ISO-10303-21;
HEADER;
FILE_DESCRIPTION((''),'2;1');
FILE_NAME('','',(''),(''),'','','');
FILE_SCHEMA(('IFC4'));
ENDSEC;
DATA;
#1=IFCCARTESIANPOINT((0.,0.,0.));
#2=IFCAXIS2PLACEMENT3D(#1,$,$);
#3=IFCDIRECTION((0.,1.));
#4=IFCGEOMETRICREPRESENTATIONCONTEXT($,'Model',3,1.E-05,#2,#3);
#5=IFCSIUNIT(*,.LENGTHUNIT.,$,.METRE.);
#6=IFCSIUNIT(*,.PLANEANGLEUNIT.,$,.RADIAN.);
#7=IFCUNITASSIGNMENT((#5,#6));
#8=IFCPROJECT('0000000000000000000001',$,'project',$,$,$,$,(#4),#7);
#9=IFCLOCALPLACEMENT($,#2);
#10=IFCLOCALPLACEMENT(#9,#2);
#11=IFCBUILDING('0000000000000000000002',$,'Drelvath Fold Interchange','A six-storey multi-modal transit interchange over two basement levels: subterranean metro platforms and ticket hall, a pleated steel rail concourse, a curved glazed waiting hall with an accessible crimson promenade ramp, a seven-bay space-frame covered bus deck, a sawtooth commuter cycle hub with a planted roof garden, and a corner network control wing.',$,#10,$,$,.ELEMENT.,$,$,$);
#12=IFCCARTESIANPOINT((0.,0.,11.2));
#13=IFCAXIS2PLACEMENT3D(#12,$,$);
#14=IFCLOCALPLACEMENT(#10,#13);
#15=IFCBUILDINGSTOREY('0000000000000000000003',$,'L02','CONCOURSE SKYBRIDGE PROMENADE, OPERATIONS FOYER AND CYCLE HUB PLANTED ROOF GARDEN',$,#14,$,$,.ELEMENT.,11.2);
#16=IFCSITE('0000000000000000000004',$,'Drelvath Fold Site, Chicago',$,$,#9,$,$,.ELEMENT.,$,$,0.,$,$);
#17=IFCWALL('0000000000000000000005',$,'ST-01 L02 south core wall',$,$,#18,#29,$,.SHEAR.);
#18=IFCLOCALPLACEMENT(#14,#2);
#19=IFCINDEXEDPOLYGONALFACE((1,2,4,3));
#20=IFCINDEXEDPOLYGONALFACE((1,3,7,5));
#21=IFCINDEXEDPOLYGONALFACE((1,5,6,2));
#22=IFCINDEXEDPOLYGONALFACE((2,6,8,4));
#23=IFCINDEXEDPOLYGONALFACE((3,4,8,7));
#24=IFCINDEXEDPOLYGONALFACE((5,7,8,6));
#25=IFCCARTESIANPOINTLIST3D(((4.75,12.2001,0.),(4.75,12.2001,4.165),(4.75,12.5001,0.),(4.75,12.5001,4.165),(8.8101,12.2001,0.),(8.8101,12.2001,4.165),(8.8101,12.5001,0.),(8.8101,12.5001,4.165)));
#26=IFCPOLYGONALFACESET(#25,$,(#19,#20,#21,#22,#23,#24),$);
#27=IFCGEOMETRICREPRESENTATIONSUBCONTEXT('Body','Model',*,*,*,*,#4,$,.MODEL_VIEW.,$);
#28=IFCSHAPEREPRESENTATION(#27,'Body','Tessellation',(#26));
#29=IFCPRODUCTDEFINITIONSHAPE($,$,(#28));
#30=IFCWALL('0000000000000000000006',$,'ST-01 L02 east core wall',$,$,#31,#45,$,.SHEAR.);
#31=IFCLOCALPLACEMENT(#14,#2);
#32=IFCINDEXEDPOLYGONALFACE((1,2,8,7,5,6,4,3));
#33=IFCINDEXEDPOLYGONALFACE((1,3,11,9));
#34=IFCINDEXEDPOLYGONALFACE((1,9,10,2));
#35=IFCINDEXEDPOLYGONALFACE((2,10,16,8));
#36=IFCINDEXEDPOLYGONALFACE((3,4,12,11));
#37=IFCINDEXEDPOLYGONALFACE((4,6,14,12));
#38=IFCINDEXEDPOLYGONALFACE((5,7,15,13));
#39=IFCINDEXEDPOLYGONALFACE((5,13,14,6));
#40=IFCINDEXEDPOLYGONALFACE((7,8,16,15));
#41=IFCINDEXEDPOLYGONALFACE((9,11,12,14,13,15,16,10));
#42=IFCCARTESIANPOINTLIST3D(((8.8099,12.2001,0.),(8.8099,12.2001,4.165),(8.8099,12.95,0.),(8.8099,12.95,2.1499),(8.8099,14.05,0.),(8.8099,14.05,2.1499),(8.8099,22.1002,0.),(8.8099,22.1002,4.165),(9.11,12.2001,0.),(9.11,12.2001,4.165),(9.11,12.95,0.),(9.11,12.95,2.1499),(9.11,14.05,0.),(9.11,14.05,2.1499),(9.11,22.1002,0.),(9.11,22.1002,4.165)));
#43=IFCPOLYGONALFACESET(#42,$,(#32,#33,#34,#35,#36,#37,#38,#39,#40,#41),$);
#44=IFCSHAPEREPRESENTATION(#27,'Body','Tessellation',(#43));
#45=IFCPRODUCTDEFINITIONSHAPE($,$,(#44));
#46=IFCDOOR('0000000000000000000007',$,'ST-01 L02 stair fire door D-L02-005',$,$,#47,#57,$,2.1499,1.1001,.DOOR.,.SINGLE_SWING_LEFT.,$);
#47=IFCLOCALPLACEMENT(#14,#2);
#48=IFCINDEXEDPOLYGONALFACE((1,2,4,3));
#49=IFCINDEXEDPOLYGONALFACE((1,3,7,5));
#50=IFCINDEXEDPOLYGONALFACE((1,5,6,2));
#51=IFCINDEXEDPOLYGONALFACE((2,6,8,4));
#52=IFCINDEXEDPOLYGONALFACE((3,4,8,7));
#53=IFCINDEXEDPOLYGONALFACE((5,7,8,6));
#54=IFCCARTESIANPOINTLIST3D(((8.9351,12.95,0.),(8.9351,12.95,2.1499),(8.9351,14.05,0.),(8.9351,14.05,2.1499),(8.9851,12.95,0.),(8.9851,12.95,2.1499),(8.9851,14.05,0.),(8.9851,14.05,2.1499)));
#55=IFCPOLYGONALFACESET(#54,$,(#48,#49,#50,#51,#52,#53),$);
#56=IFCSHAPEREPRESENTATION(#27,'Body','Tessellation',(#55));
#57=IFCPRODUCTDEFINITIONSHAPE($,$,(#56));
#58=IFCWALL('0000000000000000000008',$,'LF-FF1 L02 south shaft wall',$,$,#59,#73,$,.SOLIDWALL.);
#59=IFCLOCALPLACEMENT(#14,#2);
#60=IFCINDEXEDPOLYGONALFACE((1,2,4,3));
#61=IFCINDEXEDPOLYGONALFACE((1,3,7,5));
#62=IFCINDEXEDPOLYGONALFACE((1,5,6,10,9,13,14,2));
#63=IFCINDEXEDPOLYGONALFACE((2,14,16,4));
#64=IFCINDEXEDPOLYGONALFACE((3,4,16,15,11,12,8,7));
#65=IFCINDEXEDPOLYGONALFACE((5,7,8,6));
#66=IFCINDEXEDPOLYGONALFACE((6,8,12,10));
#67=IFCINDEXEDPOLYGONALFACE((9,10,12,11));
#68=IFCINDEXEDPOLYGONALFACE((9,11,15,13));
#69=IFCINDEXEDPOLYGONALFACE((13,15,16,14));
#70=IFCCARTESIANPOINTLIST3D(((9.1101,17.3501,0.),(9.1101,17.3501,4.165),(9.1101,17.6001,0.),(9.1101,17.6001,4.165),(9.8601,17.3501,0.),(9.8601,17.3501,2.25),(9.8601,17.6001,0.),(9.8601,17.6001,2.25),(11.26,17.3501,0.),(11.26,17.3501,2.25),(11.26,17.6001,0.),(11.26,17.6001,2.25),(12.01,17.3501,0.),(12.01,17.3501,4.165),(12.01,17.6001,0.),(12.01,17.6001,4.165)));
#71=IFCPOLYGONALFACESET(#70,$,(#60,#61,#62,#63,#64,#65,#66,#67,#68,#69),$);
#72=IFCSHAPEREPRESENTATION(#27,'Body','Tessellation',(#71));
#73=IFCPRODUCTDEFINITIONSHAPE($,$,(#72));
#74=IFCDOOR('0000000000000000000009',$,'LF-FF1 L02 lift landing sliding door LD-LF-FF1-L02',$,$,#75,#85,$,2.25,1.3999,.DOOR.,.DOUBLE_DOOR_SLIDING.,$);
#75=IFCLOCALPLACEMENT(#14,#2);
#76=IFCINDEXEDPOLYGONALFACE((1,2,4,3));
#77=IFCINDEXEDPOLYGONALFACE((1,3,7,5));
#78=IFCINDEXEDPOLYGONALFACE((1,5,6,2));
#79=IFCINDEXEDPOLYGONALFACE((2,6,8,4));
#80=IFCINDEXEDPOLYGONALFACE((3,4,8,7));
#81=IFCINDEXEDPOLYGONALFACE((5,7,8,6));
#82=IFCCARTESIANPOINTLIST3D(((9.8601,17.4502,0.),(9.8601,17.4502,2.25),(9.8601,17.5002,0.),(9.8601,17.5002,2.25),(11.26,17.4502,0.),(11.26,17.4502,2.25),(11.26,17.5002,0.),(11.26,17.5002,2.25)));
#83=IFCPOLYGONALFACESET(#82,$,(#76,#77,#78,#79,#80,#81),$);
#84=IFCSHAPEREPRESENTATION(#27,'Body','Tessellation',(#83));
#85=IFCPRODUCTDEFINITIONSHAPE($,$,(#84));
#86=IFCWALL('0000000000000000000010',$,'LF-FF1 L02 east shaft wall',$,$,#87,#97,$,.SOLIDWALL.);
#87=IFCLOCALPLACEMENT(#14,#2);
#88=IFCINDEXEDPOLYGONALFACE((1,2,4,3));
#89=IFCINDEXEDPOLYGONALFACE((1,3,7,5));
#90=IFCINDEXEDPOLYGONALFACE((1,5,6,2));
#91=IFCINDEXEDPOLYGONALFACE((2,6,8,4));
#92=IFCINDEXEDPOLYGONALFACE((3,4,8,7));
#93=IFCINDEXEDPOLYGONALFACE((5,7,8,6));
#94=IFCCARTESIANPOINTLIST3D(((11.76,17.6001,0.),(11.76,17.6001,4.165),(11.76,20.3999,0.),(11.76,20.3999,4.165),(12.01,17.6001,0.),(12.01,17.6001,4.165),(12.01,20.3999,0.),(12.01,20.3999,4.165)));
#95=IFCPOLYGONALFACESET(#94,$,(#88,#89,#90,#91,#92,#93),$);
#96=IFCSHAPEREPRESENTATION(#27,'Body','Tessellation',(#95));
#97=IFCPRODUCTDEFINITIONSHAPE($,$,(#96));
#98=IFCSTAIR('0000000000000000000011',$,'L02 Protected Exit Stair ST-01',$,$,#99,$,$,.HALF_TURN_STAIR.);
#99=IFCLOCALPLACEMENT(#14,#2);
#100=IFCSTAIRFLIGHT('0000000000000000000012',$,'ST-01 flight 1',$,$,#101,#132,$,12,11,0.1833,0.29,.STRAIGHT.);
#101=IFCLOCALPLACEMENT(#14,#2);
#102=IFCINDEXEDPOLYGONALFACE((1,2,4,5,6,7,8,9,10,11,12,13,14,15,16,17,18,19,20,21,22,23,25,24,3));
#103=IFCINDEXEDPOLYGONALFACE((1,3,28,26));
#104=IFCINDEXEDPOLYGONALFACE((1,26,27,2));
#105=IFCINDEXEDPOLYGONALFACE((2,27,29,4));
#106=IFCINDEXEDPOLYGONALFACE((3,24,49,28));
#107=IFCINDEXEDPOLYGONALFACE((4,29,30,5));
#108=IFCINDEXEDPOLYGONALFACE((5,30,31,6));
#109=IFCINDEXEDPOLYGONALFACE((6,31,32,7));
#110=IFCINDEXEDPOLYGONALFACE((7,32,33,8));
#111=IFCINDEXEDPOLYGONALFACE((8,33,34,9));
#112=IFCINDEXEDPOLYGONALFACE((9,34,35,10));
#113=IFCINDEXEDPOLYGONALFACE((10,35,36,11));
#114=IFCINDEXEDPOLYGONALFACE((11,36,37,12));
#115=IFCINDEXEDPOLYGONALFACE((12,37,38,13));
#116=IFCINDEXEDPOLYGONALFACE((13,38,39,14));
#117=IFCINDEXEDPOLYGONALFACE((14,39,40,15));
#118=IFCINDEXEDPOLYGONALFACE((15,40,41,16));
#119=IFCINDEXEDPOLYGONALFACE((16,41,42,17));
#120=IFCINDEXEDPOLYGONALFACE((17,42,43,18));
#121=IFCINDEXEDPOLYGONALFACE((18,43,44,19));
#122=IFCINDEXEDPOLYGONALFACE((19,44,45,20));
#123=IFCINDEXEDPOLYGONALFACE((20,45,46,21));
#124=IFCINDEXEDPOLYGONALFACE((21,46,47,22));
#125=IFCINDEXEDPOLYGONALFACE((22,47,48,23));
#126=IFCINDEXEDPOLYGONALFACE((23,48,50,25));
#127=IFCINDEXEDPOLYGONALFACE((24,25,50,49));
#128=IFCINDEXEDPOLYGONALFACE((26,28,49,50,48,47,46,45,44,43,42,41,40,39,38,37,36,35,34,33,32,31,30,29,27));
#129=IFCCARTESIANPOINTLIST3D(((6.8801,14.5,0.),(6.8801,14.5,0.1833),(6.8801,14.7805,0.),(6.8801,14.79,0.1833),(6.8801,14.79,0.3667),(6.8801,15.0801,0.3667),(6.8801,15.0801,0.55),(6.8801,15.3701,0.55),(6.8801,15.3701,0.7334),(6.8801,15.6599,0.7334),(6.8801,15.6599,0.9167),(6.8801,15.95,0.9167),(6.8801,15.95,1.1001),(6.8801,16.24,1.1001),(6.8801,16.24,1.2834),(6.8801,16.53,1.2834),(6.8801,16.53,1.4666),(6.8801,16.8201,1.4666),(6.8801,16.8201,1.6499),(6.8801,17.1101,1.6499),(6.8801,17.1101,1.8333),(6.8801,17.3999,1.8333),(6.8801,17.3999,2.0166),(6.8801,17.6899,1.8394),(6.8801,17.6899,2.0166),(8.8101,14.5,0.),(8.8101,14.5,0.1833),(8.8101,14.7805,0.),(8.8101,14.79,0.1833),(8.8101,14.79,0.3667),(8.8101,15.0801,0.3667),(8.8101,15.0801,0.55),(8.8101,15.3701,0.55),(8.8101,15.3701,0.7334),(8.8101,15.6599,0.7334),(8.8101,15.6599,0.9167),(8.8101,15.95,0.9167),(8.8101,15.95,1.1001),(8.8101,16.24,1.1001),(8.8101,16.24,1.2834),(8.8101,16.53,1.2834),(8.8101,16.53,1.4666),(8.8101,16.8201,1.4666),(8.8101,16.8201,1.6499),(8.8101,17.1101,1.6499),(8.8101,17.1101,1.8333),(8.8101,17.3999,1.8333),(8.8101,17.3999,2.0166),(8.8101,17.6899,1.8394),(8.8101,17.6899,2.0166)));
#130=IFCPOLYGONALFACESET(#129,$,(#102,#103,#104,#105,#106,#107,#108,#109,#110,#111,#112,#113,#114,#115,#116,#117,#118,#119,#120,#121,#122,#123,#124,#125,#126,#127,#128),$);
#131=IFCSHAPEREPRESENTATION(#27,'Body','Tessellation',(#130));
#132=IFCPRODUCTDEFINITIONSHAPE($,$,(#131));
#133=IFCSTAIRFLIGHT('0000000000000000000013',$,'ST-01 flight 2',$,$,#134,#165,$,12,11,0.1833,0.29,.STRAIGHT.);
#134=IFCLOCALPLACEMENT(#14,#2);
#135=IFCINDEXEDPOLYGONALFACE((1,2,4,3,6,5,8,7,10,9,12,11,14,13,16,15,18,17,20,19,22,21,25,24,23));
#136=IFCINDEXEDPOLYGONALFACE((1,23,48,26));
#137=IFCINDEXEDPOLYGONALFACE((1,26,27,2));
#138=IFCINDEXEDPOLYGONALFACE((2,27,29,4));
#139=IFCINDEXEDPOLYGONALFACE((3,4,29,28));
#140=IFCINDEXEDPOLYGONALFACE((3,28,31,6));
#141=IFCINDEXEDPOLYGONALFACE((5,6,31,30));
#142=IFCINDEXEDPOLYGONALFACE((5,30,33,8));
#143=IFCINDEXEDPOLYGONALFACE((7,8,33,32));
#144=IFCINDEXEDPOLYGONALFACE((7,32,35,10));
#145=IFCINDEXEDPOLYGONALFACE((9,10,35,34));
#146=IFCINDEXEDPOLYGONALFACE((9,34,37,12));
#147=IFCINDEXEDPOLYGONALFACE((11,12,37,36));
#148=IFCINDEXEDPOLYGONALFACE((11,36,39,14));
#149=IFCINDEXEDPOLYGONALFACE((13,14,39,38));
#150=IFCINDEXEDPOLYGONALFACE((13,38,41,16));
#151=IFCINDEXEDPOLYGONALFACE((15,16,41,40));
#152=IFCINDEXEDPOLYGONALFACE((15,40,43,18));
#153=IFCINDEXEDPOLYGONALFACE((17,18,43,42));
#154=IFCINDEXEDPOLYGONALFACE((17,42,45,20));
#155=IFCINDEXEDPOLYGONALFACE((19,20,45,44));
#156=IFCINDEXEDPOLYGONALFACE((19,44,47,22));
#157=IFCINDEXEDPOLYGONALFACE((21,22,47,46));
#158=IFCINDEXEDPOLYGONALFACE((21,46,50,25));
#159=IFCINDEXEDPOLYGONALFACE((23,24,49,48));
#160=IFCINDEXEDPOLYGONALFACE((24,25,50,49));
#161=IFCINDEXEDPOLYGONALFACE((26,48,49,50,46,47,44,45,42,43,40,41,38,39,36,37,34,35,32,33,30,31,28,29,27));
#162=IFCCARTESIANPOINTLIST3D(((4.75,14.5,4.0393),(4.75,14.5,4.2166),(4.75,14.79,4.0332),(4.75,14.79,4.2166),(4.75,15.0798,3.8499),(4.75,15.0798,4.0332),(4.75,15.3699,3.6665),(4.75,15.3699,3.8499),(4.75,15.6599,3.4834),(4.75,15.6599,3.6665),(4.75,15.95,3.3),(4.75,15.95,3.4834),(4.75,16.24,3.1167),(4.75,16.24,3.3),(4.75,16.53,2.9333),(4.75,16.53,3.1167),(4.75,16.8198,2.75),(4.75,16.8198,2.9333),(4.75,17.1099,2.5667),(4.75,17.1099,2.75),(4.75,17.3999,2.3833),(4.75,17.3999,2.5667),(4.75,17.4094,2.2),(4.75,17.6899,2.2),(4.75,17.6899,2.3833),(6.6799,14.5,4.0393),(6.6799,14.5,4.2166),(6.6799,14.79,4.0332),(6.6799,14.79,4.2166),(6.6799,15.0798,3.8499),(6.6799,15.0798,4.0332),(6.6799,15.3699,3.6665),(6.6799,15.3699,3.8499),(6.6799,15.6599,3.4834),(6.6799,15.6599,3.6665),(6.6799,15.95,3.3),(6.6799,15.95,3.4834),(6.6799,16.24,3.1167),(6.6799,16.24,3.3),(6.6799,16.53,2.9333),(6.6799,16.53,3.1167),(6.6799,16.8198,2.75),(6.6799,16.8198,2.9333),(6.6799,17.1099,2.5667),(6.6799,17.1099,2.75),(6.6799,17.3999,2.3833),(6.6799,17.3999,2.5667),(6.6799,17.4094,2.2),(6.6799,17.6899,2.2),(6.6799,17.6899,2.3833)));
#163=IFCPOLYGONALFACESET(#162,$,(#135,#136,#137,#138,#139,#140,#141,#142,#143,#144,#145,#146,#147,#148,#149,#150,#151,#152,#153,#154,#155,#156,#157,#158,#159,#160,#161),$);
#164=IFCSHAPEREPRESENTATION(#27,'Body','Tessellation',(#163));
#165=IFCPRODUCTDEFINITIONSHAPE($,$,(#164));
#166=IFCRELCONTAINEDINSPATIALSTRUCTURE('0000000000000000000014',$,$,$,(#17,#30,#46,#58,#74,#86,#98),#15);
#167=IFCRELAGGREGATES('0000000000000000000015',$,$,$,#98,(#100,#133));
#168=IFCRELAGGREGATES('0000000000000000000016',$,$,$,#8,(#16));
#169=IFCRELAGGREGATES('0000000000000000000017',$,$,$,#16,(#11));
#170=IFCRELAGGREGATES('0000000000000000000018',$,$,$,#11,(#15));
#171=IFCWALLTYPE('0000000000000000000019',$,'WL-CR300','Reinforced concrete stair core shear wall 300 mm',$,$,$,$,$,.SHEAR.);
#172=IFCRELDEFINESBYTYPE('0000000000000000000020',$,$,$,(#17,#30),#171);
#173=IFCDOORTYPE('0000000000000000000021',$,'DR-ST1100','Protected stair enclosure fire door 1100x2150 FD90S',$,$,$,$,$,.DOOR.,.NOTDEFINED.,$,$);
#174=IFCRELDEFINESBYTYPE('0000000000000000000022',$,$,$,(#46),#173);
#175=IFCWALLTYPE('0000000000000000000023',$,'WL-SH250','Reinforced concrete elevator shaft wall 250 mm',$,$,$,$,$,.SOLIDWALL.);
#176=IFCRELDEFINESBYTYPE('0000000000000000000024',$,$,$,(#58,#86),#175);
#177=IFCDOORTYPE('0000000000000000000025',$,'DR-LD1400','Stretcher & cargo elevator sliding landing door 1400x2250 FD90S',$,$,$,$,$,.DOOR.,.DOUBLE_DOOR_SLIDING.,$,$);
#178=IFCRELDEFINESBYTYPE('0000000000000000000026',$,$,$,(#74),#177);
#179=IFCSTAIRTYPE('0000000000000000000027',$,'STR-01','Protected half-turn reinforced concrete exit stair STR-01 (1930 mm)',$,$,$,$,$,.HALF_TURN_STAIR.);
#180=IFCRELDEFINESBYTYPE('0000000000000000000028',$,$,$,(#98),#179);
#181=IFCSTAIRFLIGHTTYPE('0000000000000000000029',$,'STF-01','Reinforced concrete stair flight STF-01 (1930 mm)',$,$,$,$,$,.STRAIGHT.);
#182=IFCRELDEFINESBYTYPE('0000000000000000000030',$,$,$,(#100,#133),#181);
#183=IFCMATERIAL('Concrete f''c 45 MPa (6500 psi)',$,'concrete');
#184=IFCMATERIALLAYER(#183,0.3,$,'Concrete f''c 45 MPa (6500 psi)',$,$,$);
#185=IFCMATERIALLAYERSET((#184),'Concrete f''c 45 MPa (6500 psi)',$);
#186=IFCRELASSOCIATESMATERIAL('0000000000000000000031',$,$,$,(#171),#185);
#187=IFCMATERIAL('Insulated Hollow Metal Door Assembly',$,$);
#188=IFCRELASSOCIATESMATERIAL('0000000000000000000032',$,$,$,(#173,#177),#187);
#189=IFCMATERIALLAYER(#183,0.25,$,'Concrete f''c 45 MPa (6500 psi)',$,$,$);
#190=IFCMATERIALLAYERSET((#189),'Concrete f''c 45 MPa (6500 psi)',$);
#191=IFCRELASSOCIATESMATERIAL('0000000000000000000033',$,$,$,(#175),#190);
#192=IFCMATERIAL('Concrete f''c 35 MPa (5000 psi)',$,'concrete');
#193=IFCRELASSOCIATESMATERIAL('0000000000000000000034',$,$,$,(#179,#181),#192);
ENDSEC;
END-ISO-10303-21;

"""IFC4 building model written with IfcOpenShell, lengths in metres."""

from ifc_helpers import new_model, si_unit, direction, frame, frame_2d, origin, place, context, subcontext, project, spatial, polyline, rectangle, outline, extrude, material, layer, layer_set, type_object, element, fill, aggregate, save


model = new_model("IFC4")

# Units and contexts
model_context = context("Model", 3, precision=1e-05, world=origin(), true_north=direction((0.0, 1.0)))
body_context = subcontext(model_context, "Body", "Model", "MODEL_VIEW")
ifc_project = project(units=[si_unit("LENGTHUNIT", "METRE"), si_unit("PLANEANGLEUNIT", "RADIAN")], contexts=[model_context])

# Site, building, storey
site_placement = place(None, origin())
site = spatial("IfcSite", under=ifc_project, at=site_placement, Name="Drelvath Fold Site, Chicago", CompositionType="ELEMENT", RefElevation=0.0)
building_placement = place(site_placement, origin())
building = spatial("IfcBuilding", under=site, at=building_placement, Name="Drelvath Fold Interchange", Description="A six-storey multi-modal transit interchange over two basement levels: subterranean metro platforms and ticket hall, a pleated steel rail concourse, a curved glazed waiting hall with an accessible crimson promenade ramp, a seven-bay space-frame covered bus deck, a sawtooth commuter cycle hub with a planted roof garden, and a corner network control wing.", CompositionType="ELEMENT")
storey_placement = place(building_placement, frame((0.0, 0.0, 11.2)))
storey = spatial("IfcBuildingStorey", under=building, at=storey_placement, Name="L02", Description="CONCOURSE SKYBRIDGE PROMENADE, OPERATIONS FOYER AND CYCLE HUB PLANTED ROOF GARDEN", CompositionType="ELEMENT", Elevation=11.2)

# Wall
ifc_material_1 = material(Name="Concrete f'c 45 MPa (6500 psi)", Category="concrete")
ifc_layer_1 = layer(ifc_material_1, 0.3, Name="Concrete f'c 45 MPa (6500 psi)")
ifc_layer_set_1 = layer_set([ifc_layer_1], Name="Concrete f'c 45 MPa (6500 psi)")
wall_type_1 = type_object("IfcWallType", Name="WL-CR300", Description="Reinforced concrete stair core shear wall 300 mm", PredefinedType="SHEAR", material=ifc_layer_set_1)
wall_1_placement = place(storey_placement, frame((4.75, 12.3501, 0.0), z_axis=(0.0, 0.0, 1.0), x_axis=(1.0, 0.0, 0.0)))
element("IfcWall", 1, at=wall_1_placement, inside=storey, type_object=wall_type_1, Name="ST-01 L02 south core wall", PredefinedType="SHEAR", context=body_context, shape_type="SweptSolid", body=[
    extrude(rectangle(XDim=4.0601, YDim=0.3, at=frame_2d((2.03, 0.0))), origin(), (0.0, 0.0, 1.0), 4.165),
])

# Walls, openings, doors
wall_2_placement = place(storey_placement, frame((8.96, 12.2, 0.0), z_axis=(0.0, 0.0, 1.0), x_axis=(0.0, 1.0, 0.0)))
wall_2 = element("IfcWall", 2, at=wall_2_placement, inside=storey, type_object=wall_type_1, Name="ST-01 L02 east core wall", PredefinedType="SHEAR", context=body_context, shape_type="SweptSolid", body=[
    extrude(rectangle(XDim=9.9001, YDim=0.3, at=frame_2d((4.9502, 0.0))), origin(), (0.0, 0.0, 1.0), 4.165),
])
opening_1_placement = place(wall_2_placement, frame((0.75, 0.0, 0.0)))
opening_1 = element("IfcOpeningElement", 3, at=opening_1_placement, cuts=wall_2, PredefinedType="OPENING", context=body_context, shape_type="SweptSolid", body=[
    extrude(rectangle(XDim=1.1001, YDim=2.1499, at=frame_2d((0.55, 1.075))), frame((0.0, 0.1599, 0.0), z_axis=(0.0, -1.0, 0.0), x_axis=(1.0, 0.0, 0.0)), (0.0, 0.0, 1.0), 0.3201),
])
ifc_material_2 = material(Name="Insulated Hollow Metal Door Assembly")
door_type_1 = type_object("IfcDoorType", Name="DR-ST1100", Description="Protected stair enclosure fire door 1100x2150 FD90S", OperationType="NOTDEFINED", PredefinedType="DOOR", material=ifc_material_2)
door_1_placement = place(opening_1_placement, origin())
door_1 = element("IfcDoor", 4, at=door_1_placement, inside=storey, type_object=door_type_1, Name="ST-01 L02 stair fire door D-L02-005", OperationType="SINGLE_SWING_LEFT", OverallHeight=2.1499, OverallWidth=1.1001, PredefinedType="DOOR", context=body_context, shape_type="SweptSolid", body=[
    extrude(rectangle(XDim=1.1001, YDim=2.1499, at=frame_2d((0.55, 1.075))), frame((0.0, 0.0249, 0.0), z_axis=(0.0, -1.0, 0.0), x_axis=(1.0, 0.0, 0.0)), (0.0, 0.0, 1.0), 0.05),
])
fill(opening_1, door_1)
ifc_layer_2 = layer(ifc_material_1, 0.25, Name="Concrete f'c 45 MPa (6500 psi)")
ifc_layer_set_2 = layer_set([ifc_layer_2], Name="Concrete f'c 45 MPa (6500 psi)")
wall_type_2 = type_object("IfcWallType", Name="WL-SH250", Description="Reinforced concrete elevator shaft wall 250 mm", PredefinedType="SOLIDWALL", material=ifc_layer_set_2)
wall_3_placement = place(storey_placement, frame((9.1101, 17.4751, 0.0), z_axis=(0.0, 0.0, 1.0), x_axis=(1.0, 0.0, 0.0)))
wall_3 = element("IfcWall", 5, at=wall_3_placement, inside=storey, type_object=wall_type_2, Name="LF-FF1 L02 south shaft wall", PredefinedType="SOLIDWALL", context=body_context, shape_type="SweptSolid", body=[
    extrude(rectangle(XDim=2.8999, YDim=0.25, at=frame_2d((1.45, 0.0))), origin(), (0.0, 0.0, 1.0), 4.165),
])
opening_2_placement = place(wall_3_placement, frame((0.75, 0.0, 0.0)))
opening_2 = element("IfcOpeningElement", 6, at=opening_2_placement, cuts=wall_3, PredefinedType="OPENING", context=body_context, shape_type="SweptSolid", body=[
    extrude(rectangle(XDim=1.3999, YDim=2.25, at=frame_2d((0.7, 1.125))), frame((0.0, 0.135, 0.0), z_axis=(0.0, -1.0, 0.0), x_axis=(1.0, 0.0, 0.0)), (0.0, 0.0, 1.0), 0.27),
])
door_type_2 = type_object("IfcDoorType", Name="DR-LD1400", Description="Stretcher & cargo elevator sliding landing door 1400x2250 FD90S", OperationType="DOUBLE_DOOR_SLIDING", PredefinedType="DOOR", material=ifc_material_2)
door_2_placement = place(opening_2_placement, frame((1.3999, 0.0, 0.0), z_axis=(0.0, 0.0, 1.0), x_axis=(-1.0, 0.0, 0.0)))
door_2 = element("IfcDoor", 7, at=door_2_placement, inside=storey, type_object=door_type_2, Name="LF-FF1 L02 lift landing sliding door LD-LF-FF1-L02", OperationType="DOUBLE_DOOR_SLIDING", OverallHeight=2.25, OverallWidth=1.3999, PredefinedType="DOOR", context=body_context, shape_type="SweptSolid", body=[
    extrude(rectangle(XDim=1.3999, YDim=2.25, at=frame_2d((0.7, 1.125))), frame((0.0, 0.0249, 0.0), z_axis=(0.0, -1.0, 0.0), x_axis=(1.0, 0.0, 0.0)), (0.0, 0.0, 1.0), 0.05),
])
fill(opening_2, door_2)

# Wall
wall_4_placement = place(storey_placement, frame((11.885, 17.6001, 0.0), z_axis=(0.0, 0.0, 1.0), x_axis=(0.0, 1.0, 0.0)))
element("IfcWall", 8, at=wall_4_placement, inside=storey, type_object=wall_type_2, Name="LF-FF1 L02 east shaft wall", PredefinedType="SOLIDWALL", context=body_context, shape_type="SweptSolid", body=[
    extrude(rectangle(XDim=2.7998, YDim=0.25, at=frame_2d((1.3999, 0.0))), origin(), (0.0, 0.0, 1.0), 4.165),
])

# Stair, stair flights
ifc_material_3 = material(Name="Concrete f'c 35 MPa (5000 psi)", Category="concrete")
stair_type = type_object("IfcStairType", Name="STR-01", Description="Protected half-turn reinforced concrete exit stair STR-01 (1930 mm)", PredefinedType="HALF_TURN_STAIR", material=ifc_material_3)
stair_placement = place(storey_placement, origin())
stair = element("IfcStair", 9, at=stair_placement, inside=storey, type_object=stair_type, Name="L02 Protected Exit Stair ST-01", PredefinedType="HALF_TURN_STAIR")
stair_flight_type = type_object("IfcStairFlightType", Name="STF-01", Description="Reinforced concrete stair flight STF-01 (1930 mm)", PredefinedType="STRAIGHT", material=ifc_material_3)
stair_flight_1_placement = place(storey_placement, frame((7.845, 14.5, 0.0), z_axis=(0.0, 0.0, 1.0), x_axis=(0.0, 1.0, 0.0)))
stair_flight_1 = element("IfcStairFlight", 10, at=stair_flight_1_placement, type_object=stair_flight_type, Name="ST-01 flight 1", NumberOfRisers=12, NumberOfTreads=11, PredefinedType="STRAIGHT", RiserHeight=0.1833, TreadLength=0.29, context=body_context, shape_type="SweptSolid", body=[
    extrude(outline(polyline([(0.0, 0.0), (0.0, 0.1833), (0.29, 0.1833), (0.29, 0.3667), (0.5801, 0.3667), (0.5801, 0.55), (0.8701, 0.55), (0.8701, 0.7334), (1.1599, 0.7334), (1.1599, 0.9167), (1.45, 0.9167), (1.45, 1.1001), (1.74, 1.1001), (1.74, 1.2834), (2.03, 1.2834), (2.03, 1.4666), (2.3201, 1.4666), (2.3201, 1.6499), (2.6101, 1.6499), (2.6101, 1.8333), (2.8999, 1.8333), (2.8999, 2.0166), (3.1899, 2.0166), (3.1899, 2.2), (3.1899, 1.8394), (0.2805, 0.0), (0.0, 0.0)])), frame((0.0, 0.9648, 0.0), z_axis=(0.0, -1.0, 0.0), x_axis=(1.0, 0.0, 0.0)), (0.0, 0.0, 1.0), 1.9299),
])
stair_flight_2_placement = place(storey_placement, frame((5.7151, 17.6899, 2.2), z_axis=(0.0, 0.0, 1.0), x_axis=(0.0, -1.0, 0.0)))
stair_flight_2 = element("IfcStairFlight", 11, at=stair_flight_2_placement, type_object=stair_flight_type, Name="ST-01 flight 2", NumberOfRisers=12, NumberOfTreads=11, PredefinedType="STRAIGHT", RiserHeight=0.1833, TreadLength=0.29, context=body_context, shape_type="SweptSolid", body=[
    extrude(outline(polyline([(0.0, 0.0), (0.0, 0.1833), (0.29, 0.1833), (0.29, 0.3667), (0.5801, 0.3667), (0.5801, 0.55), (0.8701, 0.55), (0.8701, 0.7334), (1.1599, 0.7334), (1.1599, 0.9167), (1.45, 0.9167), (1.45, 1.1001), (1.74, 1.1001), (1.74, 1.2834), (2.03, 1.2834), (2.03, 1.4666), (2.3201, 1.4666), (2.3201, 1.6499), (2.6101, 1.6499), (2.6101, 1.8333), (2.8999, 1.8333), (2.8999, 2.0166), (3.1899, 2.0166), (3.1899, 2.2), (3.1899, 1.8394), (0.2805, 0.0), (0.0, 0.0)])), frame((0.0, 0.9648, 0.0), z_axis=(0.0, -1.0, 0.0), x_axis=(1.0, 0.0, 0.0)), (0.0, 0.0, 1.0), 1.9299),
])
aggregate(stair, [stair_flight_1, stair_flight_2])

save(model, "model.ifc")
